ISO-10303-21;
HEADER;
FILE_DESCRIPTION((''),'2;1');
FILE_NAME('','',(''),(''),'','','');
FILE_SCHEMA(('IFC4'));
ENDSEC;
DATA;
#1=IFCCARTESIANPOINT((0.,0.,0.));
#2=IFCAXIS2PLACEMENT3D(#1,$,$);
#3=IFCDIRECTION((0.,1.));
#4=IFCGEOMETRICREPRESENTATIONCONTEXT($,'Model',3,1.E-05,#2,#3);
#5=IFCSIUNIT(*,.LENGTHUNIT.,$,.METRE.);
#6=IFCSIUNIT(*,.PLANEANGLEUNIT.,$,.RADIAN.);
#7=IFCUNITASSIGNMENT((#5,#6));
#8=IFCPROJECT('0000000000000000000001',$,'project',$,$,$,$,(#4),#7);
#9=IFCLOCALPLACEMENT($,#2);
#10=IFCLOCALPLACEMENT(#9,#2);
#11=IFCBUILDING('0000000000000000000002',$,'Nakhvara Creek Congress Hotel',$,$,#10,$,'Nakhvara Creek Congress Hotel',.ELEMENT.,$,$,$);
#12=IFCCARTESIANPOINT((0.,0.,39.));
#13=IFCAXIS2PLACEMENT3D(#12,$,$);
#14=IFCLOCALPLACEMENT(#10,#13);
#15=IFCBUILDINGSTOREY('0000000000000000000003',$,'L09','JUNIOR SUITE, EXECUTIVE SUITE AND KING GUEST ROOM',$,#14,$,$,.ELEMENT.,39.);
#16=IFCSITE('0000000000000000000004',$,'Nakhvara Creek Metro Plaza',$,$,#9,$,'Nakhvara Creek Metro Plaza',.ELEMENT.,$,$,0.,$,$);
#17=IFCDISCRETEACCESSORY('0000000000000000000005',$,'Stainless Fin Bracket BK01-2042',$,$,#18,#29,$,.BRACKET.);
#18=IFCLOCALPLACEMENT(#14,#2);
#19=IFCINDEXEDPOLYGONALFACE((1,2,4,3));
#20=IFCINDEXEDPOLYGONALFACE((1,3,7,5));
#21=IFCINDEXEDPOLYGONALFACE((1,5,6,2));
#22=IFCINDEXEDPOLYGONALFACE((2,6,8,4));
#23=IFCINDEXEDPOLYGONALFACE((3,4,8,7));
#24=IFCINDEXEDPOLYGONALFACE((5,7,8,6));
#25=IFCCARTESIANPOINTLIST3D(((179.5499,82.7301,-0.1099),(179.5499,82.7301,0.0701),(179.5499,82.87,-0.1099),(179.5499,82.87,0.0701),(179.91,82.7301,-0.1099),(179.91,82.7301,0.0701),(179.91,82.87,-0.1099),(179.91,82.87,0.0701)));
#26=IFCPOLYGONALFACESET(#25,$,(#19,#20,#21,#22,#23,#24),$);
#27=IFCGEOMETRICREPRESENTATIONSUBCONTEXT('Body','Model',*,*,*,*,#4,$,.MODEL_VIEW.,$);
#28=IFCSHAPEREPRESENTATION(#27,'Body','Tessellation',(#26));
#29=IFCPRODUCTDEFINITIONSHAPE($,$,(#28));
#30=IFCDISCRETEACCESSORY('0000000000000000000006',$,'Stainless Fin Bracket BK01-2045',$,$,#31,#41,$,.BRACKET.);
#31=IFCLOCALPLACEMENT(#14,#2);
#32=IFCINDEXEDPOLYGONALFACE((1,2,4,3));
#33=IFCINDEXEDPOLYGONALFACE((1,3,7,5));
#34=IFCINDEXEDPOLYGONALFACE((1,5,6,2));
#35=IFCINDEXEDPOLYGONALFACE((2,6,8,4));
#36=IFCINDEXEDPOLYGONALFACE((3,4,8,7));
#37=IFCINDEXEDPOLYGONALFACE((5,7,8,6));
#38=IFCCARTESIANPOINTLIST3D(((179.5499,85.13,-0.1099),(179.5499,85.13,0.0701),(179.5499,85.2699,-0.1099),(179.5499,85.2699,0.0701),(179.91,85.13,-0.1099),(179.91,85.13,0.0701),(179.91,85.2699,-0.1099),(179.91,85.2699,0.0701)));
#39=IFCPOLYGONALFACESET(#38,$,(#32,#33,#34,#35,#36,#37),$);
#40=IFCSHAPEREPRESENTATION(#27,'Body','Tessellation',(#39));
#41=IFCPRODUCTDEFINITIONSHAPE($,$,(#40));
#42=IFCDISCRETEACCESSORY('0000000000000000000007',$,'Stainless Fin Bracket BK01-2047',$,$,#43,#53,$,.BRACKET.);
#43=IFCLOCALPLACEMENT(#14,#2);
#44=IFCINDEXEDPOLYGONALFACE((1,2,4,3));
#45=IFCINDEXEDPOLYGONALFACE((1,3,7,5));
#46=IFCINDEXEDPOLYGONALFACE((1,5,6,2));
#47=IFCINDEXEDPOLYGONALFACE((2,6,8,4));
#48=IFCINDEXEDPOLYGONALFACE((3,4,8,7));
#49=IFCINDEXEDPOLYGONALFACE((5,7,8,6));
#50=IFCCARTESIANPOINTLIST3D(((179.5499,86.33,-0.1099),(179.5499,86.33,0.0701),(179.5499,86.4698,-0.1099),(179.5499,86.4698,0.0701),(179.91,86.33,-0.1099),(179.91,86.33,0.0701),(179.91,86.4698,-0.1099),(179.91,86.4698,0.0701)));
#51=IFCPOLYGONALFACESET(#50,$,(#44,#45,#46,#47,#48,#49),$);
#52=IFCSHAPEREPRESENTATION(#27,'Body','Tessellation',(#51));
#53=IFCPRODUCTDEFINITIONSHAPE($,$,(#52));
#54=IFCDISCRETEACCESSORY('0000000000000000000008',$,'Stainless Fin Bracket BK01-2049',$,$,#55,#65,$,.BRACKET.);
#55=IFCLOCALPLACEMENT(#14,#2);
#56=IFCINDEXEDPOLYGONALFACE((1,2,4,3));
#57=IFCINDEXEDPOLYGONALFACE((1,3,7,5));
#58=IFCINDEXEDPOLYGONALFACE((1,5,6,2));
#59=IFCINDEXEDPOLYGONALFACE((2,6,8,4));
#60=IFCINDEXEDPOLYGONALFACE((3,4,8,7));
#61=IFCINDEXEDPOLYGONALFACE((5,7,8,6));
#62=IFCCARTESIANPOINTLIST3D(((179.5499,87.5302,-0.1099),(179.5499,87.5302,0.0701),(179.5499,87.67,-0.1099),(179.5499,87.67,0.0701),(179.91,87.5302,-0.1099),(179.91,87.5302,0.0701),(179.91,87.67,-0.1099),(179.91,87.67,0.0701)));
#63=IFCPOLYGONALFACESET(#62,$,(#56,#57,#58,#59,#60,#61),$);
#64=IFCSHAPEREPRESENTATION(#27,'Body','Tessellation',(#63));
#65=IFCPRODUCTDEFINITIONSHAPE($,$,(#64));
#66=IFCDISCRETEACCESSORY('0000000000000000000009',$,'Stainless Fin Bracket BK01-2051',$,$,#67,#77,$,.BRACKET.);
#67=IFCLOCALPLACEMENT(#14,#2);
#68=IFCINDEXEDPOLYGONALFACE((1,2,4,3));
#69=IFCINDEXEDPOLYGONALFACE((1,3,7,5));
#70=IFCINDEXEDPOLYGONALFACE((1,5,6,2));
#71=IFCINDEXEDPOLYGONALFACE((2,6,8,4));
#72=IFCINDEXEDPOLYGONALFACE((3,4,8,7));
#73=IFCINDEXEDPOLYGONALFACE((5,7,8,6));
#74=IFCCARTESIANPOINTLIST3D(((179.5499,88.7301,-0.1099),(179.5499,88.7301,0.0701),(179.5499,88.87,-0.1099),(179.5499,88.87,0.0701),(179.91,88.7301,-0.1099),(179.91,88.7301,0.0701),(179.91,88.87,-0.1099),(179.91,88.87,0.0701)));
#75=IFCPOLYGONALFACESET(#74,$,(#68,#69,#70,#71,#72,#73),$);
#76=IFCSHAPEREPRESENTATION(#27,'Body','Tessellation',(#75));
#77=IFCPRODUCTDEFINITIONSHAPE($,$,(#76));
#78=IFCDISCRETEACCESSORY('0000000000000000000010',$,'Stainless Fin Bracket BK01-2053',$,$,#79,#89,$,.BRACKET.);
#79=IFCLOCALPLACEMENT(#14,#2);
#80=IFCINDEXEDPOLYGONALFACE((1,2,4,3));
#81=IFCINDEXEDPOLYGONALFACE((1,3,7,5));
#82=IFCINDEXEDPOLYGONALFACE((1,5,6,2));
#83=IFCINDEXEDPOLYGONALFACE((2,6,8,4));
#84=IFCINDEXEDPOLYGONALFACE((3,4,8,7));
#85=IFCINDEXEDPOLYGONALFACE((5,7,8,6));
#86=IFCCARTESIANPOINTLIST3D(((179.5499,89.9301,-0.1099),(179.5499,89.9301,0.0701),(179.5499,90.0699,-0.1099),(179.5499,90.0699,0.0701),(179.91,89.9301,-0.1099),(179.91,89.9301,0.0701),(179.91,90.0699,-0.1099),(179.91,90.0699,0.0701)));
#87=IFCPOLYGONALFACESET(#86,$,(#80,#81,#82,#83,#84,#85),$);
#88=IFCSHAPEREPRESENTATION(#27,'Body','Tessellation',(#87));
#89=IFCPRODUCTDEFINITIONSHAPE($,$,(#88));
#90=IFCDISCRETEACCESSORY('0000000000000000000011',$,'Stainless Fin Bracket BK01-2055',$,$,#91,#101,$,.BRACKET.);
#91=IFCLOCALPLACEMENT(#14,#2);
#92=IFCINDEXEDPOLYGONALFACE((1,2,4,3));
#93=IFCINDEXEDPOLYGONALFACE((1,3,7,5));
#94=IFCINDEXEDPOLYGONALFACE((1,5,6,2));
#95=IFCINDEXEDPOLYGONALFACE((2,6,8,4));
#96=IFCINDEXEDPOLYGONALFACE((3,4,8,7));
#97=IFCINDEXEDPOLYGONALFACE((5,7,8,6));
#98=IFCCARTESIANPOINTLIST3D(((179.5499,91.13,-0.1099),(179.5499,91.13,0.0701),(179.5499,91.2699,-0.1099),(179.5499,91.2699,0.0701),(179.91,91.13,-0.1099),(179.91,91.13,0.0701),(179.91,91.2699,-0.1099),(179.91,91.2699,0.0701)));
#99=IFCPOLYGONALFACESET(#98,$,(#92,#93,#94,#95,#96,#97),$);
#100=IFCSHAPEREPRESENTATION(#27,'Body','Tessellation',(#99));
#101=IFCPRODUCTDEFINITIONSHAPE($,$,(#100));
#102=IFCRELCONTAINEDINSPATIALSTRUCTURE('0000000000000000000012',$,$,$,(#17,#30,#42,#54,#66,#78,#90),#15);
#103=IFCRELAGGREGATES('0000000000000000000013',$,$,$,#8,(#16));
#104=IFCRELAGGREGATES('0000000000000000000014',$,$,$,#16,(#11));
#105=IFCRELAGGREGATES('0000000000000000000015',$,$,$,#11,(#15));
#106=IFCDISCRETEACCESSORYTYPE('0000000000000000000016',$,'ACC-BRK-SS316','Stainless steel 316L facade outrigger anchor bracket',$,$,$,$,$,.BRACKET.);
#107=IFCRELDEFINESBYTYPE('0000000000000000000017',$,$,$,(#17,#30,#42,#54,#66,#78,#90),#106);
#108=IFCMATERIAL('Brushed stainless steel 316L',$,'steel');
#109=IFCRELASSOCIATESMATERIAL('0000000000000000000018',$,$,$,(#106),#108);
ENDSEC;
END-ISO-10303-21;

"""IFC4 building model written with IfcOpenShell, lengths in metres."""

from ifc_helpers import new_model, si_unit, direction, frame, origin, origin_2d, place, context, subcontext, project, spatial, rectangle, extrude, material, type_object, element, save


model = new_model("IFC4")

# Units and contexts
model_context = context("Model", 3, precision=1e-05, world=origin(), true_north=direction((0.0, 1.0)))
body_context = subcontext(model_context, "Body", "Model", "MODEL_VIEW")
ifc_project = project(units=[si_unit("LENGTHUNIT", "METRE"), si_unit("PLANEANGLEUNIT", "RADIAN")], contexts=[model_context])

# Site, building, storey
site_placement = place(None, origin())
site = spatial("IfcSite", under=ifc_project, at=site_placement, Name="Nakhvara Creek Metro Plaza", LongName="Nakhvara Creek Metro Plaza", CompositionType="ELEMENT", RefElevation=0.0)
building_placement = place(site_placement, origin())
building = spatial("IfcBuilding", under=site, at=building_placement, Name="Nakhvara Creek Congress Hotel", LongName="Nakhvara Creek Congress Hotel", CompositionType="ELEMENT")
storey_placement = place(building_placement, frame((0.0, 0.0, 39.0)))
storey = spatial("IfcBuildingStorey", under=building, at=storey_placement, Name="L09", Description="JUNIOR SUITE, EXECUTIVE SUITE AND KING GUEST ROOM", CompositionType="ELEMENT", Elevation=39.0)

# Discrete accessories
ifc_material_1 = material(Name="Brushed stainless steel 316L", Category="steel")
discrete_accessory_type = type_object("IfcDiscreteAccessoryType", Name="ACC-BRK-SS316", Description="Stainless steel 316L facade outrigger anchor bracket", PredefinedType="BRACKET", material=ifc_material_1)
for number, where, z_axis, x_axis, name in (
    (1, (179.73, 82.8, -0.1099), (0.0, 0.0, 1.0), (0.0, 1.0, 0.0), "Stainless Fin Bracket BK01-2042"),
    (2, (179.73, 85.2, -0.1099), (0.0, 0.0, 1.0), (0.0, 1.0, 0.0), "Stainless Fin Bracket BK01-2045"),
    (3, (179.73, 86.3999, -0.1099), (0.0, 0.0, 1.0), (0.0, 1.0, 0.0), "Stainless Fin Bracket BK01-2047"),
    (4, (179.73, 87.6001, -0.1099), (0.0, 0.0, 1.0), (0.0, 1.0, 0.0), "Stainless Fin Bracket BK01-2049"),
    (5, (179.73, 88.8, -0.1099), (0.0, 0.0, 1.0), (0.0, 1.0, 0.0), "Stainless Fin Bracket BK01-2051"),
    (6, (179.73, 90.0, -0.1099), (0.0, 0.0, 1.0), (0.0, 1.0, 0.0), "Stainless Fin Bracket BK01-2053"),
    (7, (179.73, 91.2, -0.1099), (0.0, 0.0, 1.0), (0.0, 1.0, 0.0), "Stainless Fin Bracket BK01-2055"),
):
    element("IfcDiscreteAccessory", number, at=place(storey_placement, frame(where, z_axis=z_axis, x_axis=x_axis)), inside=storey, type_object=discrete_accessory_type, Name=name, PredefinedType="BRACKET", context=body_context, shape_type="SweptSolid", body=[
        extrude(rectangle(XDim=0.1399, YDim=0.3601, at=origin_2d()), origin(), (0.0, 0.0, 1.0), 0.1799),
    ])

save(model, "model.ifc")
